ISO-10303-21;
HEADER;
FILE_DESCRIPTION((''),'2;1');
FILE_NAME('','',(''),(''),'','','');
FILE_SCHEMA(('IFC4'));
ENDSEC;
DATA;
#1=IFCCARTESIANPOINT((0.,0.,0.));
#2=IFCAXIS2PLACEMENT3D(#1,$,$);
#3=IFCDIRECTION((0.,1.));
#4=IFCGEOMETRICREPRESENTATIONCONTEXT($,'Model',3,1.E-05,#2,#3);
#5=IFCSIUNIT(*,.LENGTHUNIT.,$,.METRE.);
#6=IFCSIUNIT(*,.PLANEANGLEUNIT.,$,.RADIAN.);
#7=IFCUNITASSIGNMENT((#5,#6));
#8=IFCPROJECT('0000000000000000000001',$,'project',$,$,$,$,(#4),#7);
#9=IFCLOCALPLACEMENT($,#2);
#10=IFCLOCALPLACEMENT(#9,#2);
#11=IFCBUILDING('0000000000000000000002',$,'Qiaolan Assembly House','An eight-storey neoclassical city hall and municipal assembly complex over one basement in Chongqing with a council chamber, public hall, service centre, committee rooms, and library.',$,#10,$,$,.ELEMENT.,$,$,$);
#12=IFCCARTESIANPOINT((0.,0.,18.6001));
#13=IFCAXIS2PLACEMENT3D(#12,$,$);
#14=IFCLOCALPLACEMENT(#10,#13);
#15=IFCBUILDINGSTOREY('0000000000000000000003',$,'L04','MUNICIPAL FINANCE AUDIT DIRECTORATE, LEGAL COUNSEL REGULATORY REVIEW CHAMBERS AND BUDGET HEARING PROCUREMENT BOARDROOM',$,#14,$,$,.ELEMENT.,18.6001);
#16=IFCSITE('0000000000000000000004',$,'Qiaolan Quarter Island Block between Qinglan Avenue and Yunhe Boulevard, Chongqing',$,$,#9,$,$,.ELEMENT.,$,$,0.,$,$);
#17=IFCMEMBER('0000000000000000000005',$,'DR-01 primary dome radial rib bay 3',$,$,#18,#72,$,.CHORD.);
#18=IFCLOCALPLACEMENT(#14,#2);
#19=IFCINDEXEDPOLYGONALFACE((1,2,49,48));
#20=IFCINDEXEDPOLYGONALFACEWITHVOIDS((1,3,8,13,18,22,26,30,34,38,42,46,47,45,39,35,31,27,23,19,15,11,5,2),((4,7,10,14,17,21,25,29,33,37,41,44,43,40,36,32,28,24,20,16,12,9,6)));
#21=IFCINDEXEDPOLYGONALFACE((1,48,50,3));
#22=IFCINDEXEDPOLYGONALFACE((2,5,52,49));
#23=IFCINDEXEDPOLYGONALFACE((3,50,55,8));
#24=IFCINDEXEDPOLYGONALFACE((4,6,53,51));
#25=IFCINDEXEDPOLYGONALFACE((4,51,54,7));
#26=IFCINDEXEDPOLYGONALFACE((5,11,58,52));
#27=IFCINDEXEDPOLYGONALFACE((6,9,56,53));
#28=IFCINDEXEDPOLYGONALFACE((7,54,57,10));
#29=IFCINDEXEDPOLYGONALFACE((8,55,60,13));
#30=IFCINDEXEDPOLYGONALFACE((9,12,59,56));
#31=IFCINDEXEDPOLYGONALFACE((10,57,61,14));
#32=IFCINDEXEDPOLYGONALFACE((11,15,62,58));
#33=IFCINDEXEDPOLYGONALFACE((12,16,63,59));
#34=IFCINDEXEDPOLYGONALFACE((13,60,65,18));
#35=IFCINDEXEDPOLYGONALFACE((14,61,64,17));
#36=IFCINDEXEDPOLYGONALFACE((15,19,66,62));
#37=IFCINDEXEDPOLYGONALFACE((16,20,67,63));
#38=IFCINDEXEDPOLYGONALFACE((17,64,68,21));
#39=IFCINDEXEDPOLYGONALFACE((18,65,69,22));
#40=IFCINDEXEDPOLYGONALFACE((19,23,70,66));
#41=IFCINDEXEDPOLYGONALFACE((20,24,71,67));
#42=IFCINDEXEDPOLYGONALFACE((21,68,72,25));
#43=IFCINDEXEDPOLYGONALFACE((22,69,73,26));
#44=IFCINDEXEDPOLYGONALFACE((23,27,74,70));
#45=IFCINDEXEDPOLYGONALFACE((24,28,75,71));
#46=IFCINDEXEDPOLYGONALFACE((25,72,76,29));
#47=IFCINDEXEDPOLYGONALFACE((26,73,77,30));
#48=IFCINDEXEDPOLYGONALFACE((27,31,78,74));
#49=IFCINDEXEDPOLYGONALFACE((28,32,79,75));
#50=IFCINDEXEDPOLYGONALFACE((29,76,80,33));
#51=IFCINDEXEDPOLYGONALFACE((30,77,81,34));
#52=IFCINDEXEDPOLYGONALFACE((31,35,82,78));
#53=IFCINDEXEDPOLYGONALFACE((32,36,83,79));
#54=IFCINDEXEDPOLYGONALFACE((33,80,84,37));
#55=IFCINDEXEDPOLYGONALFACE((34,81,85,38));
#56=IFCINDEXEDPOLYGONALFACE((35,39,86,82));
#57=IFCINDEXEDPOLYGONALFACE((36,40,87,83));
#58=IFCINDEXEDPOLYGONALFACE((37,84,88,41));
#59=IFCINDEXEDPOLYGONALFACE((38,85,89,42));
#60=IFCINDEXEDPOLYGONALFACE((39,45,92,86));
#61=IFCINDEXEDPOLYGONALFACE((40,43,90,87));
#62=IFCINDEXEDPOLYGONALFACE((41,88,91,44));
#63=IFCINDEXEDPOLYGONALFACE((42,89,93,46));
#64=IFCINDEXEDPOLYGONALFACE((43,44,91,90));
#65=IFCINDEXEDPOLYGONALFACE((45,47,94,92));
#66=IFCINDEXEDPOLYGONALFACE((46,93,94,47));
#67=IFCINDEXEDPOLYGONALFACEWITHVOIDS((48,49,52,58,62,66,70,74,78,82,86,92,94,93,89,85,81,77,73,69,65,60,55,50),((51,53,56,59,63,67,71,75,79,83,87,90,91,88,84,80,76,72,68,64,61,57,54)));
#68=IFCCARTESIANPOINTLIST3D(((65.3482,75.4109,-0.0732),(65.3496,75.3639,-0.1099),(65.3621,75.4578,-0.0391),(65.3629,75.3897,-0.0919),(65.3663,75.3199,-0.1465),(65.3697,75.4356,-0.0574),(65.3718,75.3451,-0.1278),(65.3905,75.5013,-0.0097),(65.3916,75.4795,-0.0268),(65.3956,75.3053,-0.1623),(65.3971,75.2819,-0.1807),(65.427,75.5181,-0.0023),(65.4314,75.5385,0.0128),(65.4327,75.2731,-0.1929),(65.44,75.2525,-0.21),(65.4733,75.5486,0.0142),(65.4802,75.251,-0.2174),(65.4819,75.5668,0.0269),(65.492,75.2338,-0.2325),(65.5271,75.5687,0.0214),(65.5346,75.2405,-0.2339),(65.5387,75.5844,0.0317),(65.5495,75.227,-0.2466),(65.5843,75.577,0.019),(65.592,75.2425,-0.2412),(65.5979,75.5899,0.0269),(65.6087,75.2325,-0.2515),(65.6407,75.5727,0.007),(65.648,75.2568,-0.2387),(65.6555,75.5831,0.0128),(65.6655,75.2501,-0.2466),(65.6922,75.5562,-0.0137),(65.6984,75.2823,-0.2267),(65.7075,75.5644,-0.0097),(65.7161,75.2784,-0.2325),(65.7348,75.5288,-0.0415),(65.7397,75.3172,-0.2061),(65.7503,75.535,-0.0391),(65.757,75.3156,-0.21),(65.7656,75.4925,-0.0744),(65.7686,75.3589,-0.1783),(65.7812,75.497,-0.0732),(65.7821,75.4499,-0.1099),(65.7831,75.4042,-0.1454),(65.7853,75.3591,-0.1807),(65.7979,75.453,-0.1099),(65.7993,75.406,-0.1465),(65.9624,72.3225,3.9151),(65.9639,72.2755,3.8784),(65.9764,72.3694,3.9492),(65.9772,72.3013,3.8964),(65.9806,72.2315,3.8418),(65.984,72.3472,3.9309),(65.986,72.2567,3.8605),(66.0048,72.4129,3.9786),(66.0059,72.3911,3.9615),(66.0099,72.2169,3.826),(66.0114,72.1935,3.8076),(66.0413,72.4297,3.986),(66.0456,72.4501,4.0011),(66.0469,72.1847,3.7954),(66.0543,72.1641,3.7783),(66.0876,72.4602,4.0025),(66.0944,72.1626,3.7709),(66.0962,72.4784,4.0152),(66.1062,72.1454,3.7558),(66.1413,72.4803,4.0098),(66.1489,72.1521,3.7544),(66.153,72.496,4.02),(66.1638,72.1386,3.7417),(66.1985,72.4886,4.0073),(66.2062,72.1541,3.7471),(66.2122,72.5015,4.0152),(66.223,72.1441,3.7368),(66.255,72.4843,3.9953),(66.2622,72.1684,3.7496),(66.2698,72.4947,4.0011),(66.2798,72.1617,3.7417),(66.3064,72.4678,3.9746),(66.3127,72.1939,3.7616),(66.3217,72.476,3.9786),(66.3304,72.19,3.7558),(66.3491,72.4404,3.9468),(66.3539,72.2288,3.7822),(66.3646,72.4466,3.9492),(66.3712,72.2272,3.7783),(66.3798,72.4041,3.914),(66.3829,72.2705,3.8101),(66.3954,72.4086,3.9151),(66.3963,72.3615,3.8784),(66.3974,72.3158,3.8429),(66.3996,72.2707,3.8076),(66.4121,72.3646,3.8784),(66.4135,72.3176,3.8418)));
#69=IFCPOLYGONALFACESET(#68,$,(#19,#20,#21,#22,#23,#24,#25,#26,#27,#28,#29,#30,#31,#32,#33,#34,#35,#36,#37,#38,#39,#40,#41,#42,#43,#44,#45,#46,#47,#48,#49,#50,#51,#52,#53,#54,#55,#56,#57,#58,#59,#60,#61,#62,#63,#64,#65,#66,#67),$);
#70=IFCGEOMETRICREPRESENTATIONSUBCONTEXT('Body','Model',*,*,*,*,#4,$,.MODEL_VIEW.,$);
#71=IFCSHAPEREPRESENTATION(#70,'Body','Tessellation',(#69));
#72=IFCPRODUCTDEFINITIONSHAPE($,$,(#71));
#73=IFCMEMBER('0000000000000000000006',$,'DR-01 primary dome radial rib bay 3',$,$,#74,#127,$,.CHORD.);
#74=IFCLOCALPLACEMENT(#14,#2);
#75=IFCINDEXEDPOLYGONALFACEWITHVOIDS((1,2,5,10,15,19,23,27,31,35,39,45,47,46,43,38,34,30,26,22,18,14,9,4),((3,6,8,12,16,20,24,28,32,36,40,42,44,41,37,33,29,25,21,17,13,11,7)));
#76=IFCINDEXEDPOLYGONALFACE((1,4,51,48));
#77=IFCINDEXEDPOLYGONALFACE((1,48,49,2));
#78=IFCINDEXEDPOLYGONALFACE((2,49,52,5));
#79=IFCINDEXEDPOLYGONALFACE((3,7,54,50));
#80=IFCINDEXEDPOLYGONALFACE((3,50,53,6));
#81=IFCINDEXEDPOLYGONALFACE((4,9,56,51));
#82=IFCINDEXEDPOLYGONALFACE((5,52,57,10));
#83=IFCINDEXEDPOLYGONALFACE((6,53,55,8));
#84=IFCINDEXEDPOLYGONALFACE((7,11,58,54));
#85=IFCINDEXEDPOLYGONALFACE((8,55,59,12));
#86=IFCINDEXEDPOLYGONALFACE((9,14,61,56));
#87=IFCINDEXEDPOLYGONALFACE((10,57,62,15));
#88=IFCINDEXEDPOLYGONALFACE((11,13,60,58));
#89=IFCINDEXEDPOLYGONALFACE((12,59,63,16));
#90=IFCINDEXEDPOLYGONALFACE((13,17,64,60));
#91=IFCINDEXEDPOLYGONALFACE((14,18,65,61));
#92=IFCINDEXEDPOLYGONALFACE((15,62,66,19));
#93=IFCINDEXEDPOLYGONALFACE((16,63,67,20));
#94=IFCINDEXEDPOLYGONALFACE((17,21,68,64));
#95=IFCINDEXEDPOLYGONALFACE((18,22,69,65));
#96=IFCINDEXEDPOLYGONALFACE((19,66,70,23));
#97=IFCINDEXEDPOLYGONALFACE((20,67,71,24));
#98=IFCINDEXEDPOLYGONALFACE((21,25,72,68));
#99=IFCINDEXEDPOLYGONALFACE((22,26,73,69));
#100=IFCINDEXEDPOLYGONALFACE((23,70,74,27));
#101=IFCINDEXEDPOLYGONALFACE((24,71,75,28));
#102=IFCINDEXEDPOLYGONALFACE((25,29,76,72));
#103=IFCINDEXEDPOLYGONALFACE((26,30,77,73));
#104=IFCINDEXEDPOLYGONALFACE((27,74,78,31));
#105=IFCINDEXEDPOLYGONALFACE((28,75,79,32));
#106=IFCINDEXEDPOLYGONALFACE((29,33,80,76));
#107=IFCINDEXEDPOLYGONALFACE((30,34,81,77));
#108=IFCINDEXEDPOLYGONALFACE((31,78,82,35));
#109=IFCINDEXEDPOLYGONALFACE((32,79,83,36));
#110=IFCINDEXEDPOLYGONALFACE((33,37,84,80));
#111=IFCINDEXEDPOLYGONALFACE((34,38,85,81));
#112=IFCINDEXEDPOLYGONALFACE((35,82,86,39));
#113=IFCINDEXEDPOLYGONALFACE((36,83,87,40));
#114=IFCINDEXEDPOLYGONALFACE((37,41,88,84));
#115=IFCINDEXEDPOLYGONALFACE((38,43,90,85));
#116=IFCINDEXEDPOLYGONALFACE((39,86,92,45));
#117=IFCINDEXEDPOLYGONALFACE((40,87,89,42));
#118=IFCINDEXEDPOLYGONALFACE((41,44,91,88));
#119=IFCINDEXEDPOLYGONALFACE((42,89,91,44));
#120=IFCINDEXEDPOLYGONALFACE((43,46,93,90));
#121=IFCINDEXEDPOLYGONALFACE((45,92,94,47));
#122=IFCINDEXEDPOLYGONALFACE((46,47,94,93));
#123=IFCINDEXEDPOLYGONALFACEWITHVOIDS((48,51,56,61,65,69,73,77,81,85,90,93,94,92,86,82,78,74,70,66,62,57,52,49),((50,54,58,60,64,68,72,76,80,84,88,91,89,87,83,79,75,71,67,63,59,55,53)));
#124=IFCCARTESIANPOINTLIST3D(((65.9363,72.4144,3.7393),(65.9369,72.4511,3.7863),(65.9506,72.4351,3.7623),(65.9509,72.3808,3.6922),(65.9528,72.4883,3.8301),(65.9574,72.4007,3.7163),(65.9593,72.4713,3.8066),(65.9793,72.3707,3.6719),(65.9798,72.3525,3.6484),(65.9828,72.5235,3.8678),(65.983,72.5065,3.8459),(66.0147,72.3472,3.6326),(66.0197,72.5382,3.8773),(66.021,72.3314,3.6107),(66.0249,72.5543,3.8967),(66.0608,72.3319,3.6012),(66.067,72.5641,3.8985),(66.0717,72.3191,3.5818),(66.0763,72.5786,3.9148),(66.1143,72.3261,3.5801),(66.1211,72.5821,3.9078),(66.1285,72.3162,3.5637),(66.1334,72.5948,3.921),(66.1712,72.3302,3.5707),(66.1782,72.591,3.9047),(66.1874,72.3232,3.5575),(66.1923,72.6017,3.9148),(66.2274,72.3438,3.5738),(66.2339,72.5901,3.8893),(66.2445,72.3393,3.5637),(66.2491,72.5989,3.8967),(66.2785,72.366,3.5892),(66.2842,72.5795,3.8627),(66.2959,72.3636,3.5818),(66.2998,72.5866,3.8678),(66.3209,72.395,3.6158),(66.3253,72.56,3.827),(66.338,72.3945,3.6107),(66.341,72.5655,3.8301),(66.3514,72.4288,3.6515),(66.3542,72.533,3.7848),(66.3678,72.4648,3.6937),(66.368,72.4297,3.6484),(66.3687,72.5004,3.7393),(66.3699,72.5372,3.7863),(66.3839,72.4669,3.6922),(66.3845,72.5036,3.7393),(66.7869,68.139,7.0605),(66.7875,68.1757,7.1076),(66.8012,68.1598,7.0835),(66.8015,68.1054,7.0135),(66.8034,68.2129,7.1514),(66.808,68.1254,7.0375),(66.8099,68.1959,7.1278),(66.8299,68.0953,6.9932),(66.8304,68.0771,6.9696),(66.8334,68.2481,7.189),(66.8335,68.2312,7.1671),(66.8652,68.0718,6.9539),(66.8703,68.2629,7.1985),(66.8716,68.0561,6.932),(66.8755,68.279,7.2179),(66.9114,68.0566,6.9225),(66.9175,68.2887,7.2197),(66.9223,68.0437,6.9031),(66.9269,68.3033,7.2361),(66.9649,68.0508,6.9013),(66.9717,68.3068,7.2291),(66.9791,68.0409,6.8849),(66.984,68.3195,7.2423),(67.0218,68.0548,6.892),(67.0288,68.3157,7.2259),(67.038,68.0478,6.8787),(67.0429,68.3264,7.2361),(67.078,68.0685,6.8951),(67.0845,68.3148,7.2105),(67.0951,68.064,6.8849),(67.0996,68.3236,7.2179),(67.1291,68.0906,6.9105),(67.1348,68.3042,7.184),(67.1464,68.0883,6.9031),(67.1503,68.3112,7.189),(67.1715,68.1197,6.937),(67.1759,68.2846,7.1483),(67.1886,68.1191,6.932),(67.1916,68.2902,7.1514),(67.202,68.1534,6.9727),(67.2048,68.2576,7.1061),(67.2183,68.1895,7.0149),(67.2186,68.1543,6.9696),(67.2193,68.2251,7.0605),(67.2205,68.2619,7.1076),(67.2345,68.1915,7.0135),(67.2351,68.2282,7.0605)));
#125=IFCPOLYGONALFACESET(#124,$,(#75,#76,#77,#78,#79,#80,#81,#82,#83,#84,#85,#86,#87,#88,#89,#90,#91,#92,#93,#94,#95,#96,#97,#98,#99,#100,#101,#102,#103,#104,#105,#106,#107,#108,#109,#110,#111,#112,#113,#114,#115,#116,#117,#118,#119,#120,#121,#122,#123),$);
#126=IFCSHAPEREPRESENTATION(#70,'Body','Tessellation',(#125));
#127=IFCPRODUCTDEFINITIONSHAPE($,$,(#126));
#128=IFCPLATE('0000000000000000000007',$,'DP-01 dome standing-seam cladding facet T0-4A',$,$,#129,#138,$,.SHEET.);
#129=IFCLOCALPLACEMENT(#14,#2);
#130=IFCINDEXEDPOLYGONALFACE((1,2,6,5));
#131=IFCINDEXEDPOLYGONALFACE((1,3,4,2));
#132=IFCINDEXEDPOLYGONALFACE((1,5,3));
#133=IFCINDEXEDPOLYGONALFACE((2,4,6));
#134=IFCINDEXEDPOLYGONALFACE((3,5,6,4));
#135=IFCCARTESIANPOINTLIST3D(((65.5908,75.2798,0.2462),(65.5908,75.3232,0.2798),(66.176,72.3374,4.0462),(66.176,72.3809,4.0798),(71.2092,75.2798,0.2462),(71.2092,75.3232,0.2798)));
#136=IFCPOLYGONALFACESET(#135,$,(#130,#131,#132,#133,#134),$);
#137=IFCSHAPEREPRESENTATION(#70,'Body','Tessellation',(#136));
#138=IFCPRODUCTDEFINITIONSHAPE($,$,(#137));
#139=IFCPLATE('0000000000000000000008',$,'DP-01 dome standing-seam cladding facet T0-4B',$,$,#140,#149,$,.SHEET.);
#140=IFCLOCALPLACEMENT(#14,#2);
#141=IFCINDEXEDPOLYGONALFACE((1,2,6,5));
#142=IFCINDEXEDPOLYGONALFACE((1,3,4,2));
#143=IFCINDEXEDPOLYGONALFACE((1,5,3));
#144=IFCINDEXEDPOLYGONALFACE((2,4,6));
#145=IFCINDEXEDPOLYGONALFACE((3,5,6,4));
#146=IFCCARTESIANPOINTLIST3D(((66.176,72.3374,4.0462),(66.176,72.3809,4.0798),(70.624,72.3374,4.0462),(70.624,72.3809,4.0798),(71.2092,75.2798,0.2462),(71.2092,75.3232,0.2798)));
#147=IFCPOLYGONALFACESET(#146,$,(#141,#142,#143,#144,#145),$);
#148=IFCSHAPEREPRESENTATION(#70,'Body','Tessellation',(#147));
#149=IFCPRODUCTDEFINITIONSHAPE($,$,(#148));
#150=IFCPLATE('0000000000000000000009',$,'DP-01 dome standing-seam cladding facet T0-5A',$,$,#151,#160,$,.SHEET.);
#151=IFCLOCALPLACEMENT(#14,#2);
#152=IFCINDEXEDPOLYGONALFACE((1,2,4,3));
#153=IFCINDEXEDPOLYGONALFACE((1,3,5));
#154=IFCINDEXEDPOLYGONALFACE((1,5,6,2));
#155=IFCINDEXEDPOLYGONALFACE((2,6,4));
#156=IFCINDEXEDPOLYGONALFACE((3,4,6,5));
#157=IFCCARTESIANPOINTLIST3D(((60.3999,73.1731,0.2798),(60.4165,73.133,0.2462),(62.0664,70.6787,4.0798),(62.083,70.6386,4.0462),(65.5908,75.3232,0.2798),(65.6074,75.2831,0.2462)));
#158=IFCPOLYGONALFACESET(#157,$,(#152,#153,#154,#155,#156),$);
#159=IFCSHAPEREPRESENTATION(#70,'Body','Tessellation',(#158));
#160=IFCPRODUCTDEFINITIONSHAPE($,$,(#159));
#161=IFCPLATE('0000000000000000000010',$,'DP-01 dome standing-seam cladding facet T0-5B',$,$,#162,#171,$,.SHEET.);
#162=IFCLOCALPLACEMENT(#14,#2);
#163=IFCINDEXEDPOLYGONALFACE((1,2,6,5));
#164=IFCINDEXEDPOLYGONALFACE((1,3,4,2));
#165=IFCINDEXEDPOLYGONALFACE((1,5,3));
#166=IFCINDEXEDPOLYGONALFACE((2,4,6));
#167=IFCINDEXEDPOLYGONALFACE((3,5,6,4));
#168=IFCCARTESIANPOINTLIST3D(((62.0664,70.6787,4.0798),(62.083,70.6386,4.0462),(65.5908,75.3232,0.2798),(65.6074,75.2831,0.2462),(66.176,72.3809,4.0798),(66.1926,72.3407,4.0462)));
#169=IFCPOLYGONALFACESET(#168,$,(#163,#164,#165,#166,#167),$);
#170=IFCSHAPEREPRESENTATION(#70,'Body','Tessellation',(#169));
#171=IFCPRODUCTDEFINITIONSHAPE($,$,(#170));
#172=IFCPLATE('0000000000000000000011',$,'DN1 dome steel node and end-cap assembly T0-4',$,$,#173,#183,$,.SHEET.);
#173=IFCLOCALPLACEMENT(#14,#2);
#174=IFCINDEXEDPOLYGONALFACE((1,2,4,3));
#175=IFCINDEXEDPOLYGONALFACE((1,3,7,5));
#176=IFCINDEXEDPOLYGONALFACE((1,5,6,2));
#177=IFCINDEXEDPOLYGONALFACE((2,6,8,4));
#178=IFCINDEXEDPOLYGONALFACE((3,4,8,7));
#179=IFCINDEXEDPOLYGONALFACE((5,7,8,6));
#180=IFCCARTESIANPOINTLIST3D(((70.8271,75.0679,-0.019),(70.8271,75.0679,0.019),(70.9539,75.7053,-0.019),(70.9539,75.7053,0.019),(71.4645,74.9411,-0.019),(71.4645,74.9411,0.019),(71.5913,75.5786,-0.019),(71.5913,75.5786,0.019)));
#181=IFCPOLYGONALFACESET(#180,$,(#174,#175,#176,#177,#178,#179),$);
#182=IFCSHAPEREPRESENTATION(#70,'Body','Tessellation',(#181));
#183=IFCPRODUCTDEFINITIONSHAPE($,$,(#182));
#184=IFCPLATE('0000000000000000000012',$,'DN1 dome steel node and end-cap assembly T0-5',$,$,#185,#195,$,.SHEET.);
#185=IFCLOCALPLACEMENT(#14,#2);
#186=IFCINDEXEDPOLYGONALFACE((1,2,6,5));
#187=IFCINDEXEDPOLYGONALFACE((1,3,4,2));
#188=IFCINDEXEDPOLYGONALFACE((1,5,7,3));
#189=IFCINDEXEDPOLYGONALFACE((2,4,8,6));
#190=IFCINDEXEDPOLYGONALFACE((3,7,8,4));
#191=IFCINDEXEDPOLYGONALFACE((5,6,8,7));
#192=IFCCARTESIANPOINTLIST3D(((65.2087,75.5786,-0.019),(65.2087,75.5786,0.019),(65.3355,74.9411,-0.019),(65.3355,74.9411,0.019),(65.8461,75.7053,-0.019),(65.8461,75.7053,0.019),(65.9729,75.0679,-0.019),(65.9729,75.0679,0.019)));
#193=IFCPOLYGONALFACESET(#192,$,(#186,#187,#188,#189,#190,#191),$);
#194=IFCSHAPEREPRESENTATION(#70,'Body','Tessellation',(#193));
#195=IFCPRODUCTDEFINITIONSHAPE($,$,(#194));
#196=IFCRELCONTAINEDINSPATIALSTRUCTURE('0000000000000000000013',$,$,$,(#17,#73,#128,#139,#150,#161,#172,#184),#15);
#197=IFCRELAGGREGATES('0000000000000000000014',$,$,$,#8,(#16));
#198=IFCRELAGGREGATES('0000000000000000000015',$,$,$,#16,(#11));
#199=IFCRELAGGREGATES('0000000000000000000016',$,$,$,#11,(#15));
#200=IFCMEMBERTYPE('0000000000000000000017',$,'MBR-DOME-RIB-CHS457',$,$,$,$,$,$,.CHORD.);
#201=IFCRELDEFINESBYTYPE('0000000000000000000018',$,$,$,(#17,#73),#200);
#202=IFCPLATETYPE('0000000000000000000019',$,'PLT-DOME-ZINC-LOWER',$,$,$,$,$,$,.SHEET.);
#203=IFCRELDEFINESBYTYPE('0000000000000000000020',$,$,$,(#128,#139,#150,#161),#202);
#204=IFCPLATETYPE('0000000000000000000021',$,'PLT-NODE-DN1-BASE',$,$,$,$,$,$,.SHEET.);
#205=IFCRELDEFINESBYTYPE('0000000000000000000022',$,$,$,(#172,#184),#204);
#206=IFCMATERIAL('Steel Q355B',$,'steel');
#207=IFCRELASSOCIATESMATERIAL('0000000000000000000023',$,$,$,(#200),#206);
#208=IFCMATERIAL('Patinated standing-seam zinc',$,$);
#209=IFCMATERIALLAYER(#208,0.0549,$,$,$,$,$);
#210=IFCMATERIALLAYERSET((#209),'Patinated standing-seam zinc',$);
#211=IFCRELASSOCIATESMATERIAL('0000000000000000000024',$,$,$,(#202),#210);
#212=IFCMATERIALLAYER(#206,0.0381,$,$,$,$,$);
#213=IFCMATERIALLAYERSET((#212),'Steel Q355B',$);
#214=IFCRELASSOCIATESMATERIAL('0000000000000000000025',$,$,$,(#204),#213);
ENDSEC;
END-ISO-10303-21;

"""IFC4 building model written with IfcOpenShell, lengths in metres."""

from ifc_helpers import new_model, si_unit, direction, frame, origin, origin_2d, place, context, subcontext, project, spatial, polyline, rectangle, hollow_circle, outline, extrude, material, layer, layer_set, material_profile, profile_set, type_object, element, save


model = new_model("IFC4")

# Units and contexts
model_context = context("Model", 3, precision=1e-05, world=origin(), true_north=direction((0.0, 1.0)))
body_context = subcontext(model_context, "Body", "Model", "MODEL_VIEW")
ifc_project = project(units=[si_unit("LENGTHUNIT", "METRE"), si_unit("PLANEANGLEUNIT", "RADIAN")], contexts=[model_context])

# Site, building, storey
site_placement = place(None, origin())
site = spatial("IfcSite", under=ifc_project, at=site_placement, Name="Qiaolan Quarter Island Block between Qinglan Avenue and Yunhe Boulevard, Chongqing", CompositionType="ELEMENT", RefElevation=0.0)
building_placement = place(site_placement, origin())
building = spatial("IfcBuilding", under=site, at=building_placement, Name="Qiaolan Assembly House", Description="An eight-storey neoclassical city hall and municipal assembly complex over one basement in Chongqing with a council chamber, public hall, service centre, committee rooms, and library.", CompositionType="ELEMENT")
storey_placement = place(building_placement, frame((0.0, 0.0, 18.6001)))
storey = spatial("IfcBuildingStorey", under=building, at=storey_placement, Name="L04", Description="MUNICIPAL FINANCE AUDIT DIRECTORATE, LEGAL COUNSEL REGULATORY REVIEW CHAMBERS AND BUDGET HEARING PROCUREMENT BOARDROOM", CompositionType="ELEMENT", Elevation=18.6001)

# Shared definitions
ifc_material_1 = material(Name="Steel Q355B", Category="steel")

# Members
ifc_material_profile_1 = material_profile(ifc_material_1, hollow_circle(Radius=0.2285, WallThickness=0.0161, at=origin_2d()), Name="CHS 457x16")
ifc_profile_set_1 = profile_set([ifc_material_profile_1], Name="Steel Q355B")
member_type_1 = type_object("IfcMemberType", Name="MBR-DOME-RIB-CHS457", PredefinedType="CHORD", material=ifc_profile_set_1)
member_1_placement = place(storey_placement, frame((65.5737, 75.4084, -0.1099), z_axis=(0.120881, -0.607767, 0.784861), x_axis=(0.980789, 0.195072, 0.0)))
element("IfcMember", 1, at=member_1_placement, inside=storey, type_object=member_type_1, Name="DR-01 primary dome radial rib bay 3", PredefinedType="CHORD", context=body_context, shape_type="SweptSolid", body=[
    extrude(hollow_circle(Radius=0.2285, WallThickness=0.0161, at=origin_2d()), origin(), (0.0, 0.0, 1.0), 5.0815),
])
member_2_placement = place(storey_placement, frame((66.1604, 72.459, 3.7393), z_axis=(0.155209, -0.780142, 0.606044), x_axis=(0.980778, 0.195125, 0.0)))
element("IfcMember", 2, at=member_2_placement, inside=storey, type_object=member_type_1, Name="DR-01 primary dome radial rib bay 3", PredefinedType="CHORD", context=body_context, shape_type="SweptSolid", body=[
    extrude(hollow_circle(Radius=0.2285, WallThickness=0.0161, at=origin_2d()), origin(), (0.0, 0.0, 1.0), 5.4802),
])

# Plates
ifc_material_2 = material(Name="Patinated standing-seam zinc")
ifc_layer_1 = layer(ifc_material_2, 0.0549)
ifc_layer_set_1 = layer_set([ifc_layer_1], Name="Patinated standing-seam zinc")
plate_type_1 = type_object("IfcPlateType", Name="PLT-DOME-ZINC-LOWER", PredefinedType="SHEET", material=ifc_layer_set_1)
plate_1_placement = place(storey_placement, frame((71.2092, 75.3232, 0.2798), z_axis=(0.0, 0.790682, 0.612226), x_axis=(-1.0, 0.0, 0.0)))
element("IfcPlate", 3, at=plate_1_placement, inside=storey, type_object=plate_type_1, Name="DP-01 dome standing-seam cladding facet T0-4A", PredefinedType="SHEET", context=body_context, shape_type="SweptSolid", body=[
    extrude(outline(polyline([(0.0, 0.0), (5.6184, 0.0), (5.0332, 4.806), (0.0, 0.0)])), origin(), (0.0, 0.0, -1.0), 0.0549),
])
plate_2_placement = place(storey_placement, frame((71.2092, 75.3232, 0.2798), z_axis=(0.0, 0.790682, 0.612226), x_axis=(-0.72324, -0.422802, 0.546043)))
element("IfcPlate", 4, at=plate_2_placement, inside=storey, type_object=plate_type_1, Name="DP-01 dome standing-seam cladding facet T0-4B", PredefinedType="SHEET", context=body_context, shape_type="SweptSolid", body=[
    extrude(outline(polyline([(0.0, 0.0), (6.9592, 0.0), (3.7423, 3.0718), (0.0, 0.0)])), origin(), (0.0, 0.0, -1.0), 0.0549),
])
plate_3_placement = place(storey_placement, frame((65.5908, 75.3232, 0.2798), z_axis=(-0.302586, 0.730507, 0.61221), x_axis=(-0.92388, -0.382683, 0.0)))
element("IfcPlate", 5, at=plate_3_placement, inside=storey, type_object=plate_type_1, Name="DP-01 dome standing-seam cladding facet T0-5A", PredefinedType="SHEET", context=body_context, shape_type="SweptSolid", body=[
    extrude(outline(polyline([(0.0, 0.0), (5.6186, 0.0), (5.0335, 4.806), (0.0, 0.0)])), origin(), (0.0, 0.0, -1.0), 0.0549),
])
plate_4_placement = place(storey_placement, frame((65.5908, 75.3232, 0.2798), z_axis=(-0.302565, 0.730504, 0.612225), x_axis=(-0.506423, -0.667373, 0.546029)))
element("IfcPlate", 6, at=plate_4_placement, inside=storey, type_object=plate_type_1, Name="DP-01 dome standing-seam cladding facet T0-5B", PredefinedType="SHEET", context=body_context, shape_type="SweptSolid", body=[
    extrude(outline(polyline([(0.0, 0.0), (6.9594, 0.0), (3.7422, 3.0718), (0.0, 0.0)])), origin(), (0.0, 0.0, -1.0), 0.0549),
])
ifc_layer_2 = layer(ifc_material_1, 0.0381)
ifc_layer_set_2 = layer_set([ifc_layer_2], Name="Steel Q355B")
plate_type_2 = type_object("IfcPlateType", Name="PLT-NODE-DN1-BASE", PredefinedType="SHEET", material=ifc_layer_set_2)
for number, where, z_axis, x_axis, name in (
    (7, (71.2092, 75.3232, -0.019), (0.0, 0.0, 1.0), (0.19509, 0.980785, 0.0), "DN1 dome steel node and end-cap assembly T0-4"),
    (8, (65.5908, 75.3232, -0.019), (0.0, 0.0, 1.0), (-0.19509, 0.980785, 0.0), "DN1 dome steel node and end-cap assembly T0-5"),
):
    element("IfcPlate", number, at=place(storey_placement, frame(where, z_axis=z_axis, x_axis=x_axis)), inside=storey, type_object=plate_type_2, Name=name, PredefinedType="SHEET", context=body_context, shape_type="SweptSolid", body=[
        extrude(rectangle(XDim=0.6499, YDim=0.6499, at=origin_2d()), origin(), (0.0, 0.0, 1.0), 0.0381),
    ])

save(model, "model.ifc")
